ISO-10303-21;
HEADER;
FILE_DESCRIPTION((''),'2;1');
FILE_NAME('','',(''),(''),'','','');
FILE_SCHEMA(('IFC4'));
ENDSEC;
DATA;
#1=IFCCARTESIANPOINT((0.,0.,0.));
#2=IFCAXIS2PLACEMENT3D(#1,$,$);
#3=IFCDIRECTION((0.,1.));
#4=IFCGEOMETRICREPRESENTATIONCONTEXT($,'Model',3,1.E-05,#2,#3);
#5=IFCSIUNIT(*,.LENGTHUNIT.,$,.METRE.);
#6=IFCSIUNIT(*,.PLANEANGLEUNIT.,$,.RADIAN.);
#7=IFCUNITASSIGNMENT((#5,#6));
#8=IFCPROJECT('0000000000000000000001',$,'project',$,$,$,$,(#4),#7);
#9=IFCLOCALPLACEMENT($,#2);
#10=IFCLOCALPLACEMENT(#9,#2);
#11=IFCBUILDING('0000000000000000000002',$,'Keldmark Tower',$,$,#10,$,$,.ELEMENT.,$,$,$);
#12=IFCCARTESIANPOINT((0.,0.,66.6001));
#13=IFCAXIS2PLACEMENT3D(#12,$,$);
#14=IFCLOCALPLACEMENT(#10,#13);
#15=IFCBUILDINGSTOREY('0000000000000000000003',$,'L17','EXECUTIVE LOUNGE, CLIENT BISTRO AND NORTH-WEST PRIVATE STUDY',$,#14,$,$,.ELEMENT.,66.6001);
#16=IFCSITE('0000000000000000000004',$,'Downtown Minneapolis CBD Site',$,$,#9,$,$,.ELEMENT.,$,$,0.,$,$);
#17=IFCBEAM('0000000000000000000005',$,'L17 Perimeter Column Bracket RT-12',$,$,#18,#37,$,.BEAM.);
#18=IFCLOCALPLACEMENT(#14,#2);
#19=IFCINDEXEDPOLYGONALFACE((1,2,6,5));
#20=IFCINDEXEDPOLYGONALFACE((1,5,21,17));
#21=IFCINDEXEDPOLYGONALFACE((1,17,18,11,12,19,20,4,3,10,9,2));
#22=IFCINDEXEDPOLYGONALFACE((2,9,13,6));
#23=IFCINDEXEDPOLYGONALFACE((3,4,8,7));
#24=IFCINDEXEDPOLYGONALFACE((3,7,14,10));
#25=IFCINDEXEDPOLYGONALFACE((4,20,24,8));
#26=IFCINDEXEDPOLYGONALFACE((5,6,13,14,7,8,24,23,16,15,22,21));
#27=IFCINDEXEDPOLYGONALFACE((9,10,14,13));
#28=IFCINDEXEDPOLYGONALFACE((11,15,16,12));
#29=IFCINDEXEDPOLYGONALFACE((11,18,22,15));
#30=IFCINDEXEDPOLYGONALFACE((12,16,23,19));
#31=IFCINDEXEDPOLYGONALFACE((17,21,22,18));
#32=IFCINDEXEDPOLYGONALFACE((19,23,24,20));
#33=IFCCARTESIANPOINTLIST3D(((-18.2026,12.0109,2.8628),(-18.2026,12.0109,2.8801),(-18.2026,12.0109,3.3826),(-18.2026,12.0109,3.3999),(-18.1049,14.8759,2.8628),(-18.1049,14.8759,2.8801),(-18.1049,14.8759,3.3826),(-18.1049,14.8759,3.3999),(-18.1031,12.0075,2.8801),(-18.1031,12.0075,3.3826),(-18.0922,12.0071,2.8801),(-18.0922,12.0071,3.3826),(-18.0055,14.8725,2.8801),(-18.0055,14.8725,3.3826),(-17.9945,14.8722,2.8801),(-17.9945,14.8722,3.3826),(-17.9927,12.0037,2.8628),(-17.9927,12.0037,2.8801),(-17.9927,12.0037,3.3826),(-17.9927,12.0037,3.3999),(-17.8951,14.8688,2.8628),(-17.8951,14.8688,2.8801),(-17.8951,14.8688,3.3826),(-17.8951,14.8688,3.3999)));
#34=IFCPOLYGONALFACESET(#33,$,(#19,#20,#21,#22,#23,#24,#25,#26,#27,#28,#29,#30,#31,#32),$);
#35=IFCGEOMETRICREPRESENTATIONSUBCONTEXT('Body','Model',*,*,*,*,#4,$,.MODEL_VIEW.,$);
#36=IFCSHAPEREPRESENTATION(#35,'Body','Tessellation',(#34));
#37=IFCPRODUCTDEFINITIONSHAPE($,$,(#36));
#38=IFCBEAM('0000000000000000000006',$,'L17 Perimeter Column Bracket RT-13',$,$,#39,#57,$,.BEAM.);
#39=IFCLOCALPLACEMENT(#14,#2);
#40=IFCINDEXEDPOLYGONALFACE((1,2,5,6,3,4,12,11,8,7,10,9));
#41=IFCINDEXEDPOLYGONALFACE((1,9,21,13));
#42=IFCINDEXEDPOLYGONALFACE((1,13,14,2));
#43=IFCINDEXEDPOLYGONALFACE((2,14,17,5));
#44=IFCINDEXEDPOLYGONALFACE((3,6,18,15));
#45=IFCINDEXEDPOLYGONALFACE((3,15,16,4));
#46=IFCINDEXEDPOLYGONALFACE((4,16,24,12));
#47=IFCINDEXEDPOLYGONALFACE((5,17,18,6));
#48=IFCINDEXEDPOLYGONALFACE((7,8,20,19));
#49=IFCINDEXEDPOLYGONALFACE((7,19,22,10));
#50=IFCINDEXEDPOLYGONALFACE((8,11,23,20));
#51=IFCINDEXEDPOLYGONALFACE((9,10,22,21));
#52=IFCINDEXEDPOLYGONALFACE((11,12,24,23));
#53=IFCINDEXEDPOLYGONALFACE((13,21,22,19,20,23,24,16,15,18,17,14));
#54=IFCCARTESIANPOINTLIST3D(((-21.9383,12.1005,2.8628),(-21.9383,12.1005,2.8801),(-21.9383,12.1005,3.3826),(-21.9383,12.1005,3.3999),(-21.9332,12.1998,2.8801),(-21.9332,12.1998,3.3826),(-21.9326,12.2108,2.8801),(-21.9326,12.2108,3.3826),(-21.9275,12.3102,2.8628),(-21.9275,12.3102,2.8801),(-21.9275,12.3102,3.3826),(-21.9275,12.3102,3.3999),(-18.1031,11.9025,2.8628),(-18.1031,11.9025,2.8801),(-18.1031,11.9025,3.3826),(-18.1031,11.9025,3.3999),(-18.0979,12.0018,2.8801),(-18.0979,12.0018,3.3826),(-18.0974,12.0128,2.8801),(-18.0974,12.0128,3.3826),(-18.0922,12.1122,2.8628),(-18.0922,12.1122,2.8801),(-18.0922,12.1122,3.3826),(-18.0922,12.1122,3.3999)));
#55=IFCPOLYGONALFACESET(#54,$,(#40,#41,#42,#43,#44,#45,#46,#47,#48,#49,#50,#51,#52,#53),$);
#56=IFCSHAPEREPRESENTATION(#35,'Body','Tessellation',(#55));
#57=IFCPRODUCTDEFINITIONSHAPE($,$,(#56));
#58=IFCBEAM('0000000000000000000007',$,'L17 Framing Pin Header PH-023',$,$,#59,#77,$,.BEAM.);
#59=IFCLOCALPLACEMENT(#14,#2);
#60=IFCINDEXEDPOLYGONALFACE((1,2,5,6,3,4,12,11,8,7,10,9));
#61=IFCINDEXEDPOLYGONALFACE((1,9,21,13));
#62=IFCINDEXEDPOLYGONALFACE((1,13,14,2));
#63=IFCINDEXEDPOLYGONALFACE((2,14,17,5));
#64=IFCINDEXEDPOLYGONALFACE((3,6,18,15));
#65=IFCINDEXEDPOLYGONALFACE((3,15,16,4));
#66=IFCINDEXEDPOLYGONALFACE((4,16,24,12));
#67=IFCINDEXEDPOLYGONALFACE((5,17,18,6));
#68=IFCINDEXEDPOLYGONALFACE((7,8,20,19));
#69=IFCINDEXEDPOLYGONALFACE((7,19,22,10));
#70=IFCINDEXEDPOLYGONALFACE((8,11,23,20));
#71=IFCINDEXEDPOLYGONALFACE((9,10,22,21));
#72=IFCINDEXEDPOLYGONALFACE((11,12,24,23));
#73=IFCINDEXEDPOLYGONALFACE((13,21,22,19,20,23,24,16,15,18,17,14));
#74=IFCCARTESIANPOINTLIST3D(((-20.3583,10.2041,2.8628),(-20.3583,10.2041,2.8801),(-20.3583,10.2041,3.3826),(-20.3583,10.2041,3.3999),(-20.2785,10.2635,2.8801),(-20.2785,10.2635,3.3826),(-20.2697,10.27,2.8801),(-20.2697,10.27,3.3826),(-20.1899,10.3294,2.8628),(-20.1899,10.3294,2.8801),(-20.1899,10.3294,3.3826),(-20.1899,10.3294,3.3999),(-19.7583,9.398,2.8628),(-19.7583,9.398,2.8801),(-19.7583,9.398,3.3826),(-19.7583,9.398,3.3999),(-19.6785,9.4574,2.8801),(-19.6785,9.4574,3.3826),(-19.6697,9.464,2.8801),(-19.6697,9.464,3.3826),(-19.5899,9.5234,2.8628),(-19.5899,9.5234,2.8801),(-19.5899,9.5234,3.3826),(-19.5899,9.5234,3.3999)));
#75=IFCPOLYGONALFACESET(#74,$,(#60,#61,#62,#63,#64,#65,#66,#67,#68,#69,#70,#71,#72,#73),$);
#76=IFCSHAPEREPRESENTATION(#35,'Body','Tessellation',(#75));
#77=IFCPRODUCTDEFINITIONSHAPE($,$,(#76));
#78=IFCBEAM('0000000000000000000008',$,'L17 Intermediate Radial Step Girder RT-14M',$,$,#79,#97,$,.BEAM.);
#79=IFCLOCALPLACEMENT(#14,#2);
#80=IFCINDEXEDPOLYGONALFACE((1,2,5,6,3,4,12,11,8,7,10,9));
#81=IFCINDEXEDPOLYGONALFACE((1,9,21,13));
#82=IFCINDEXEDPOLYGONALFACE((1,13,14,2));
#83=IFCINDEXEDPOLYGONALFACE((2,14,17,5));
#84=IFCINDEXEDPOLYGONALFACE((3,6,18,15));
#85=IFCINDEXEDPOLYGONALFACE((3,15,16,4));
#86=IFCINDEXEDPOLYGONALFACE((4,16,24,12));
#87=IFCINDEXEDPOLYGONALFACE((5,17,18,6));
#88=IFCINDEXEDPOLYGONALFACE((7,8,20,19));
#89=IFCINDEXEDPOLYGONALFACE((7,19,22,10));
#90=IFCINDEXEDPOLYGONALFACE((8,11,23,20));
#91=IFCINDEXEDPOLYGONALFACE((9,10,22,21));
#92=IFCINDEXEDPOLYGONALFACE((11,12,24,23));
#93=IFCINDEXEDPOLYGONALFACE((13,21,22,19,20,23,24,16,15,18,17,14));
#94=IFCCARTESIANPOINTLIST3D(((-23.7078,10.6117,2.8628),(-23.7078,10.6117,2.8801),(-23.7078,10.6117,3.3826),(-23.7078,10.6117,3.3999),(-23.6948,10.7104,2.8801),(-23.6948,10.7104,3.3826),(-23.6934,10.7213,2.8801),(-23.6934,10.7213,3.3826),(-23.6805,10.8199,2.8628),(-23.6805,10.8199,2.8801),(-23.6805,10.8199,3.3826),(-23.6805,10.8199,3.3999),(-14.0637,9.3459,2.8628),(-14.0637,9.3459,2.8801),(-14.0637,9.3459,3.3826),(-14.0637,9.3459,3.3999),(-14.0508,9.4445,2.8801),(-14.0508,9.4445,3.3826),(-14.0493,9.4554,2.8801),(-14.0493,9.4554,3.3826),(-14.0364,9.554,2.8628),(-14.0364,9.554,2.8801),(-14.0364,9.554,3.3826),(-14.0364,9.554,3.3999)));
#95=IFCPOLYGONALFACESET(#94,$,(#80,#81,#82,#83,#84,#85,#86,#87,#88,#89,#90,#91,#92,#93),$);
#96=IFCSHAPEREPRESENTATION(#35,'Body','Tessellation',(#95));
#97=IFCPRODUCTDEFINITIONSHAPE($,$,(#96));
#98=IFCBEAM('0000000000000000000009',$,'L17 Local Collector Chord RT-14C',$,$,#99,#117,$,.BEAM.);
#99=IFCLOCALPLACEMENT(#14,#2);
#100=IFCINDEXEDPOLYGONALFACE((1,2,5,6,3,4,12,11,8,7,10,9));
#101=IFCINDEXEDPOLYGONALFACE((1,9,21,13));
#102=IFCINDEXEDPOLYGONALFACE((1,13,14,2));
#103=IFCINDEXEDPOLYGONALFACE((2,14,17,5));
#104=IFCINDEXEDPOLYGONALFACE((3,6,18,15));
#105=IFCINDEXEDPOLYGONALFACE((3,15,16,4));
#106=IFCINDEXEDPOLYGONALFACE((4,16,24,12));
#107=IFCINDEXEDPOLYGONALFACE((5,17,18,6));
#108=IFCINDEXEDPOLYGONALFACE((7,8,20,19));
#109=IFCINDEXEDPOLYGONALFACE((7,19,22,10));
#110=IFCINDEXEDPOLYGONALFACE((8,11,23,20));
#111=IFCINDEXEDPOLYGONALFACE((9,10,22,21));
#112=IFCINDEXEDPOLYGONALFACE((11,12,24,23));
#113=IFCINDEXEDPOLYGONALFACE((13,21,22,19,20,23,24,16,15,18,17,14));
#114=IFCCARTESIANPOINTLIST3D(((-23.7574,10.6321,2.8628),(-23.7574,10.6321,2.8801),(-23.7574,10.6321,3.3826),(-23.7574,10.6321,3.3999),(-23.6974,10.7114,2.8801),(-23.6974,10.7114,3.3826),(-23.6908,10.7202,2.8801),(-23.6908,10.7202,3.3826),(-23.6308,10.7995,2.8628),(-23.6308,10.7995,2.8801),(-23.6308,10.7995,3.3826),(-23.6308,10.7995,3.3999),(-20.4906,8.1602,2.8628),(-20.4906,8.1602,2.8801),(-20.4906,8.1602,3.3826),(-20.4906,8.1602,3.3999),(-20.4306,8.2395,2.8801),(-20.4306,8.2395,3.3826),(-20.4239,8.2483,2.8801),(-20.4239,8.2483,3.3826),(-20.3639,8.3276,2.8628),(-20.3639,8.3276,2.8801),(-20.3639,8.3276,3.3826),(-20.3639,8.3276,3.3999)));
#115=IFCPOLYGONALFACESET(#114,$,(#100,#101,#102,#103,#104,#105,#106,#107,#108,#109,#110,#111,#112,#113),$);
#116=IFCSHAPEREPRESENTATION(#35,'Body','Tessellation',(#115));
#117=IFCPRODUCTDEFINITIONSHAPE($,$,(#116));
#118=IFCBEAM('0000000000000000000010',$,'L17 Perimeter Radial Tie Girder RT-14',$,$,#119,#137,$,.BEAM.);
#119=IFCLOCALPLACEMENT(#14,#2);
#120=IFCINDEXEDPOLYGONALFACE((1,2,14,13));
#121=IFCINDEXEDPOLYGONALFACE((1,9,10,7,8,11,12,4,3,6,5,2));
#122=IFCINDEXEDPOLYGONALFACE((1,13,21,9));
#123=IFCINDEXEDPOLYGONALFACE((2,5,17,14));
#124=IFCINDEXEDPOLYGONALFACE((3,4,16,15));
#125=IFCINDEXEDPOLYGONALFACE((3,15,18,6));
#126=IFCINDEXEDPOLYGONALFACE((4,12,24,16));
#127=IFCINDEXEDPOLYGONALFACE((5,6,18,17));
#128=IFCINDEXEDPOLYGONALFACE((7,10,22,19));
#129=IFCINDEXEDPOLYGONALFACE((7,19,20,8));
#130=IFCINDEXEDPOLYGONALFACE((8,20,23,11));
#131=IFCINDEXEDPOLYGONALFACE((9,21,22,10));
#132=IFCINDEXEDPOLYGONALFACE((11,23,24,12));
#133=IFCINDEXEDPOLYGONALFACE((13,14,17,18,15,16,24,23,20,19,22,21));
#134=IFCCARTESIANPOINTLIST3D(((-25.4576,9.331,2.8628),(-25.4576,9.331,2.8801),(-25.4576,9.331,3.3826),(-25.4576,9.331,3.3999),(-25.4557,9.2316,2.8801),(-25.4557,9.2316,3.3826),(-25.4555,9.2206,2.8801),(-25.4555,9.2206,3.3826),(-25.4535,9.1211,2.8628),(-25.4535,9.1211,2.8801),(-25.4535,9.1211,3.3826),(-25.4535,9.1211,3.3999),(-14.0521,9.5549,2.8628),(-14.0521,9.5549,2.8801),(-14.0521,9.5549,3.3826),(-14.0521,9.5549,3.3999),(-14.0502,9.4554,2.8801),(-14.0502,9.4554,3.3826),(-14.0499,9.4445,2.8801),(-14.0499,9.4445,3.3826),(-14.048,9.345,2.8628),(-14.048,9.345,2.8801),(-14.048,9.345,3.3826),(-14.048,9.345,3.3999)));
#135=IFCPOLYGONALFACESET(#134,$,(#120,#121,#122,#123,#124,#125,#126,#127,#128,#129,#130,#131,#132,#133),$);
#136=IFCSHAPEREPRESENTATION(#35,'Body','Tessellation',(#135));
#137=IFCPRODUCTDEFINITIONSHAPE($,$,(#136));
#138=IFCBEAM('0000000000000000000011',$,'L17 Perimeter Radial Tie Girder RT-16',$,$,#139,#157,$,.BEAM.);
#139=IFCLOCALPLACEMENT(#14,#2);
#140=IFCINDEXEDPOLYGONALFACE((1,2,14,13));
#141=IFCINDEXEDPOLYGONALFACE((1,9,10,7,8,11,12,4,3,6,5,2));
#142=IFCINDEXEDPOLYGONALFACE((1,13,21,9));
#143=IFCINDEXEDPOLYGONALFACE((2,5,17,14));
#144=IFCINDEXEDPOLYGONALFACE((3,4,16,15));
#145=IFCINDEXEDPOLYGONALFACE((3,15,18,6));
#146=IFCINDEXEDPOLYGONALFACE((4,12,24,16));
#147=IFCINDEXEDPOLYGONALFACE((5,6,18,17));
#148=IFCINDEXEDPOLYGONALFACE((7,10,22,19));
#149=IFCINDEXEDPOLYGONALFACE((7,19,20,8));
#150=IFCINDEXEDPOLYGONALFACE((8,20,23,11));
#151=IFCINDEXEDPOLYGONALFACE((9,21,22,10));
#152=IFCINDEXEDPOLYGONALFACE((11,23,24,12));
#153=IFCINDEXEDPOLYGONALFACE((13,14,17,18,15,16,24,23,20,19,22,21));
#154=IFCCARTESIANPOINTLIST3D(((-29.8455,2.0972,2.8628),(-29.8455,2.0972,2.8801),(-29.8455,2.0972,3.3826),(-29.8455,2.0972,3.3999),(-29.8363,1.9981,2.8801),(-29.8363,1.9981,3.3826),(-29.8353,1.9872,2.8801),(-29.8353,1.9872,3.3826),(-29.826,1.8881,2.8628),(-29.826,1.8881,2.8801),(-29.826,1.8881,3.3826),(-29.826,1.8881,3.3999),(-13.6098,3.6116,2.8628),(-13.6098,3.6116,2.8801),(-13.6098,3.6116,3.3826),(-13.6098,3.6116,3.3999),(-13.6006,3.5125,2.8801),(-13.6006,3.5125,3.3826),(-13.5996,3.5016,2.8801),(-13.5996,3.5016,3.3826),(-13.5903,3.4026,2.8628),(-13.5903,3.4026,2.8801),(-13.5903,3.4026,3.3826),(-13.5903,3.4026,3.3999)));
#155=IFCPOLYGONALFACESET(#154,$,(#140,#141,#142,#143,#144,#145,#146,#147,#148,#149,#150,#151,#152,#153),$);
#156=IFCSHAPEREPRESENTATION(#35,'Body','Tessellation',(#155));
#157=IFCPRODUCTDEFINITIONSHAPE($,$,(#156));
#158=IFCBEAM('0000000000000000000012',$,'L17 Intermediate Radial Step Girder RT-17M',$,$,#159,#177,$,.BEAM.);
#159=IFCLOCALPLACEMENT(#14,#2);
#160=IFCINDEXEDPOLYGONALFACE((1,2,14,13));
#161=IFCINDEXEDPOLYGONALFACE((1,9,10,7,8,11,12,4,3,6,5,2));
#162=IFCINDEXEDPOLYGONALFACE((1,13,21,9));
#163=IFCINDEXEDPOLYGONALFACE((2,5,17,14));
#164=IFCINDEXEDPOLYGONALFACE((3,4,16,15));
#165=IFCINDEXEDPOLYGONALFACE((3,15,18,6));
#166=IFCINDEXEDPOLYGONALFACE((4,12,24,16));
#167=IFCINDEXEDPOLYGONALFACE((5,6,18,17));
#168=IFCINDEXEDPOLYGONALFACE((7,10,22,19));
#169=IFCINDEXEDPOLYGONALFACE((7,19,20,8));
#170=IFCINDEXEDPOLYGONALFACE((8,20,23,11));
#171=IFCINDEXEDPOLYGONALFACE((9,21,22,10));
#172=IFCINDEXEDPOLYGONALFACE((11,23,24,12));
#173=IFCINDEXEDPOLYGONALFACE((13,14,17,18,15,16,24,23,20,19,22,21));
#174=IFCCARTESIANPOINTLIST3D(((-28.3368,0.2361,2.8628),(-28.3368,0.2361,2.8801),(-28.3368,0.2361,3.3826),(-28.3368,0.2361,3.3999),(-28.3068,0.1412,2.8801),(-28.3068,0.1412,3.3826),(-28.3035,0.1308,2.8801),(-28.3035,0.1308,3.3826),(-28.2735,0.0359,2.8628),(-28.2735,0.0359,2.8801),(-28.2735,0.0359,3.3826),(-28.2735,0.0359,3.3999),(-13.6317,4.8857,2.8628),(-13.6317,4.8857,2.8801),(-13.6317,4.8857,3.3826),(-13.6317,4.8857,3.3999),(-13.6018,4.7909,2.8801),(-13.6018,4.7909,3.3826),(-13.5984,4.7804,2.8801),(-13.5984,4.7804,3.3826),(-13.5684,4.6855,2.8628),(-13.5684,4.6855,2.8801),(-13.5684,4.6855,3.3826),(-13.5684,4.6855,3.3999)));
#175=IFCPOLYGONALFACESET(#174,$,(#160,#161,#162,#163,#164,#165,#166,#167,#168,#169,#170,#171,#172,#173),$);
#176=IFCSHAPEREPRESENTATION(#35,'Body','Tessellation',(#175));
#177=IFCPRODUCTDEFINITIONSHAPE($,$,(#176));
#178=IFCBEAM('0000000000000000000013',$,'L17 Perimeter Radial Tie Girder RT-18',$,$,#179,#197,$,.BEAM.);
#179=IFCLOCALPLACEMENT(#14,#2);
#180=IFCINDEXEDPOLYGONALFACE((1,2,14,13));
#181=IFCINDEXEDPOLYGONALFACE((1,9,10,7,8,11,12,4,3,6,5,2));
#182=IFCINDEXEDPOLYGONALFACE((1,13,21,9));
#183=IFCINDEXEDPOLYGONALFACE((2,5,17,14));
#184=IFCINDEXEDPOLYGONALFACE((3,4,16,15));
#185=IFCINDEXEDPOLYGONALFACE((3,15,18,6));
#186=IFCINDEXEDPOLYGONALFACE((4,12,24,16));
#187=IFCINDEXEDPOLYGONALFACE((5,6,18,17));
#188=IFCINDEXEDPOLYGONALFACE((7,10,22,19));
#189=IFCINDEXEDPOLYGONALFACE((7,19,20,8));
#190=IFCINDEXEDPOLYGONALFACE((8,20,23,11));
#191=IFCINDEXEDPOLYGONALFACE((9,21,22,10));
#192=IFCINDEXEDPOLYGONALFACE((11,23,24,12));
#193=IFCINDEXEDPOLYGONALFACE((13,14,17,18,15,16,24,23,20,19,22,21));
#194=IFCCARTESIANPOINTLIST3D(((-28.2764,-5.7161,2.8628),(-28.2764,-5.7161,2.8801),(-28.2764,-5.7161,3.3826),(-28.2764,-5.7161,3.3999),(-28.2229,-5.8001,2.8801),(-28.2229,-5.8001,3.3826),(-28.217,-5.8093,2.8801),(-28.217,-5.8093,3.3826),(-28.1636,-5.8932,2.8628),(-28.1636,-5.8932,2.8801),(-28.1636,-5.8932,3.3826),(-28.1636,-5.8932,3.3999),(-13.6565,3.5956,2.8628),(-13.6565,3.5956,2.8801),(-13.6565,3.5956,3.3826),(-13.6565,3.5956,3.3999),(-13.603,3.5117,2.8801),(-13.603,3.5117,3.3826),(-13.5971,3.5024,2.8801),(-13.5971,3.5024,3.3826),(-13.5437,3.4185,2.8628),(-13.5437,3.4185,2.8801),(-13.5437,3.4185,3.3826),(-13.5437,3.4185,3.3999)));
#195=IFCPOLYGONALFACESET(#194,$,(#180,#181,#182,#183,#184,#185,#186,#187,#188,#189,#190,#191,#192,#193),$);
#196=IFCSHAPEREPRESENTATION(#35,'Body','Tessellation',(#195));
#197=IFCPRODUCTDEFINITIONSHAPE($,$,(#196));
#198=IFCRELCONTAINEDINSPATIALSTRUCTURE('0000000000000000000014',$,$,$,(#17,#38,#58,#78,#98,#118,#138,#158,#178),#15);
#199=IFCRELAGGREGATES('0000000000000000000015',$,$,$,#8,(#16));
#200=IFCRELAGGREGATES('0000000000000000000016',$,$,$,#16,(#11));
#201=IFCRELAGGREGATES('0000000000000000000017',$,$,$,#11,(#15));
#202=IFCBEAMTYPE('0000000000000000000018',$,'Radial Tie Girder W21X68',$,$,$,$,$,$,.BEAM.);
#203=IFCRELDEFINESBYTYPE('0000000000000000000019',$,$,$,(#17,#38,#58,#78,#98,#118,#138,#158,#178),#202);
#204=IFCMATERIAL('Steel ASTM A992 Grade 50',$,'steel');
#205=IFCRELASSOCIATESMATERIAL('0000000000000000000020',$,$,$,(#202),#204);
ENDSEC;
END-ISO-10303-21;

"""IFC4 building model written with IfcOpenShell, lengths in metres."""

from ifc_helpers import new_model, si_unit, direction, frame, origin, origin_2d, place, context, subcontext, project, spatial, i_section, extrude, material, material_profile, profile_set, type_object, element, save


model = new_model("IFC4")

# Units and contexts
model_context = context("Model", 3, precision=1e-05, world=origin(), true_north=direction((0.0, 1.0)))
body_context = subcontext(model_context, "Body", "Model", "MODEL_VIEW")
ifc_project = project(units=[si_unit("LENGTHUNIT", "METRE"), si_unit("PLANEANGLEUNIT", "RADIAN")], contexts=[model_context])

# Site, building, storey
site_placement = place(None, origin())
site = spatial("IfcSite", under=ifc_project, at=site_placement, Name="Downtown Minneapolis CBD Site", CompositionType="ELEMENT", RefElevation=0.0)
building_placement = place(site_placement, origin())
building = spatial("IfcBuilding", under=site, at=building_placement, Name="Keldmark Tower", CompositionType="ELEMENT")
storey_placement = place(building_placement, frame((0.0, 0.0, 66.6001)))
storey = spatial("IfcBuildingStorey", under=building, at=storey_placement, Name="L17", Description="EXECUTIVE LOUNGE, CLIENT BISTRO AND NORTH-WEST PRIVATE STUDY", CompositionType="ELEMENT", Elevation=66.6001)

# Beams
ifc_material_1 = material(Name="Steel ASTM A992 Grade 50", Category="steel")
ifc_material_profile_1 = material_profile(ifc_material_1, i_section(OverallWidth=0.21, OverallDepth=0.5371, WebThickness=0.011, FlangeThickness=0.0173, at=origin_2d()), Name="W21X68")
ifc_profile_set_1 = profile_set([ifc_material_profile_1], Name="Steel ASTM A992 Grade 50")
beam_type_1 = type_object("IfcBeamType", Name="Radial Tie Girder W21X68", PredefinedType="BEAM", material=ifc_profile_set_1)
beam_1_placement = place(storey_placement, frame((-18.0977, 12.0073, 3.1313), z_axis=(0.034066, 0.99942, 0.0), x_axis=(-0.99942, 0.034066, 0.0)))
element("IfcBeam", 1, at=beam_1_placement, inside=storey, type_object=beam_type_1, Name="L17 Perimeter Column Bracket RT-12", PredefinedType="BEAM", context=body_context, shape_type="SweptSolid", body=[
    extrude(i_section(OverallWidth=0.21, OverallDepth=0.5371, WebThickness=0.011, FlangeThickness=0.0173, at=origin_2d()), origin(), (0.0, 0.0, 1.0), 2.8667),
])
beam_2_placement = place(storey_placement, frame((-18.0977, 12.0073, 3.1313), z_axis=(-0.99867, 0.051558, 0.0), x_axis=(-0.051558, -0.99867, 0.0)))
element("IfcBeam", 2, at=beam_2_placement, inside=storey, type_object=beam_type_1, Name="L17 Perimeter Column Bracket RT-13", PredefinedType="BEAM", context=body_context, shape_type="SweptSolid", body=[
    extrude(i_section(OverallWidth=0.21, OverallDepth=0.5371, WebThickness=0.011, FlangeThickness=0.0173, at=origin_2d()), origin(), (0.0, 0.0, 1.0), 3.8403),
])
beam_3_placement = place(storey_placement, frame((-19.6741, 9.4607, 3.1313), z_axis=(-0.59712, 0.802152, 0.0), x_axis=(-0.802152, -0.59712, 0.0)))
element("IfcBeam", 3, at=beam_3_placement, inside=storey, type_object=beam_type_1, Name="L17 Framing Pin Header PH-023", PredefinedType="BEAM", context=body_context, shape_type="SweptSolid", body=[
    extrude(i_section(OverallWidth=0.21, OverallDepth=0.5371, WebThickness=0.011, FlangeThickness=0.0173, at=origin_2d()), origin(), (0.0, 0.0, 1.0), 1.0049),
])
beam_4_placement = place(storey_placement, frame((-14.05, 9.45, 3.1313), z_axis=(-0.991495, 0.130143, 0.0), x_axis=(-0.130143, -0.991495, 0.0)))
element("IfcBeam", 4, at=beam_4_placement, inside=storey, type_object=beam_type_1, Name="L17 Intermediate Radial Step Girder RT-14M", PredefinedType="BEAM", context=body_context, shape_type="SweptSolid", body=[
    extrude(i_section(OverallWidth=0.21, OverallDepth=0.5371, WebThickness=0.011, FlangeThickness=0.0173, at=origin_2d()), origin(), (0.0, 0.0, 1.0), 9.7268),
])
beam_5_placement = place(storey_placement, frame((-20.4272, 8.2439, 3.1313), z_axis=(-0.79744, 0.603399, 0.0), x_axis=(-0.603399, -0.79744, 0.0)))
element("IfcBeam", 5, at=beam_5_placement, inside=storey, type_object=beam_type_1, Name="L17 Local Collector Chord RT-14C", PredefinedType="BEAM", context=body_context, shape_type="SweptSolid", body=[
    extrude(i_section(OverallWidth=0.21, OverallDepth=0.5371, WebThickness=0.011, FlangeThickness=0.0173, at=origin_2d()), origin(), (0.0, 0.0, 1.0), 4.0967),
])
beam_6_placement = place(storey_placement, frame((-14.05, 9.45, 3.1313), z_axis=(-0.999807, -0.019625, 0.0), x_axis=(0.019625, -0.999807, 0.0)))
element("IfcBeam", 6, at=beam_6_placement, inside=storey, type_object=beam_type_1, Name="L17 Perimeter Radial Tie Girder RT-14", PredefinedType="BEAM", context=body_context, shape_type="SweptSolid", body=[
    extrude(i_section(OverallWidth=0.21, OverallDepth=0.5371, WebThickness=0.011, FlangeThickness=0.0173, at=origin_2d()), origin(), (0.0, 0.0, 1.0), 11.4077),
])
beam_7_placement = place(storey_placement, frame((-13.6001, 3.5071, 3.1313), z_axis=(-0.995678, -0.092874, 0.0), x_axis=(0.092874, -0.995678, 0.0)))
element("IfcBeam", 7, at=beam_7_placement, inside=storey, type_object=beam_type_1, Name="L17 Perimeter Radial Tie Girder RT-16", PredefinedType="BEAM", context=body_context, shape_type="SweptSolid", body=[
    extrude(i_section(OverallWidth=0.21, OverallDepth=0.5371, WebThickness=0.011, FlangeThickness=0.0173, at=origin_2d()), origin(), (0.0, 0.0, 1.0), 16.3062),
])
beam_8_placement = place(storey_placement, frame((-13.6001, 4.7856, 3.1313), z_axis=(-0.953472, -0.301482, 0.0), x_axis=(0.301482, -0.953472, 0.0)))
element("IfcBeam", 8, at=beam_8_placement, inside=storey, type_object=beam_type_1, Name="L17 Intermediate Radial Step Girder RT-17M", PredefinedType="BEAM", context=body_context, shape_type="SweptSolid", body=[
    extrude(i_section(OverallWidth=0.21, OverallDepth=0.5371, WebThickness=0.011, FlangeThickness=0.0173, at=origin_2d()), origin(), (0.0, 0.0, 1.0), 15.4226),
])
beam_9_placement = place(storey_placement, frame((-13.6001, 3.5071, 3.1313), z_axis=(-0.843447, -0.537213, 0.0), x_axis=(0.537213, -0.843447, 0.0)))
element("IfcBeam", 9, at=beam_9_placement, inside=storey, type_object=beam_type_1, Name="L17 Perimeter Radial Tie Girder RT-18", PredefinedType="BEAM", context=body_context, shape_type="SweptSolid", body=[
    extrude(i_section(OverallWidth=0.21, OverallDepth=0.5371, WebThickness=0.011, FlangeThickness=0.0173, at=origin_2d()), origin(), (0.0, 0.0, 1.0), 17.3335),
])

save(model, "model.ifc")
